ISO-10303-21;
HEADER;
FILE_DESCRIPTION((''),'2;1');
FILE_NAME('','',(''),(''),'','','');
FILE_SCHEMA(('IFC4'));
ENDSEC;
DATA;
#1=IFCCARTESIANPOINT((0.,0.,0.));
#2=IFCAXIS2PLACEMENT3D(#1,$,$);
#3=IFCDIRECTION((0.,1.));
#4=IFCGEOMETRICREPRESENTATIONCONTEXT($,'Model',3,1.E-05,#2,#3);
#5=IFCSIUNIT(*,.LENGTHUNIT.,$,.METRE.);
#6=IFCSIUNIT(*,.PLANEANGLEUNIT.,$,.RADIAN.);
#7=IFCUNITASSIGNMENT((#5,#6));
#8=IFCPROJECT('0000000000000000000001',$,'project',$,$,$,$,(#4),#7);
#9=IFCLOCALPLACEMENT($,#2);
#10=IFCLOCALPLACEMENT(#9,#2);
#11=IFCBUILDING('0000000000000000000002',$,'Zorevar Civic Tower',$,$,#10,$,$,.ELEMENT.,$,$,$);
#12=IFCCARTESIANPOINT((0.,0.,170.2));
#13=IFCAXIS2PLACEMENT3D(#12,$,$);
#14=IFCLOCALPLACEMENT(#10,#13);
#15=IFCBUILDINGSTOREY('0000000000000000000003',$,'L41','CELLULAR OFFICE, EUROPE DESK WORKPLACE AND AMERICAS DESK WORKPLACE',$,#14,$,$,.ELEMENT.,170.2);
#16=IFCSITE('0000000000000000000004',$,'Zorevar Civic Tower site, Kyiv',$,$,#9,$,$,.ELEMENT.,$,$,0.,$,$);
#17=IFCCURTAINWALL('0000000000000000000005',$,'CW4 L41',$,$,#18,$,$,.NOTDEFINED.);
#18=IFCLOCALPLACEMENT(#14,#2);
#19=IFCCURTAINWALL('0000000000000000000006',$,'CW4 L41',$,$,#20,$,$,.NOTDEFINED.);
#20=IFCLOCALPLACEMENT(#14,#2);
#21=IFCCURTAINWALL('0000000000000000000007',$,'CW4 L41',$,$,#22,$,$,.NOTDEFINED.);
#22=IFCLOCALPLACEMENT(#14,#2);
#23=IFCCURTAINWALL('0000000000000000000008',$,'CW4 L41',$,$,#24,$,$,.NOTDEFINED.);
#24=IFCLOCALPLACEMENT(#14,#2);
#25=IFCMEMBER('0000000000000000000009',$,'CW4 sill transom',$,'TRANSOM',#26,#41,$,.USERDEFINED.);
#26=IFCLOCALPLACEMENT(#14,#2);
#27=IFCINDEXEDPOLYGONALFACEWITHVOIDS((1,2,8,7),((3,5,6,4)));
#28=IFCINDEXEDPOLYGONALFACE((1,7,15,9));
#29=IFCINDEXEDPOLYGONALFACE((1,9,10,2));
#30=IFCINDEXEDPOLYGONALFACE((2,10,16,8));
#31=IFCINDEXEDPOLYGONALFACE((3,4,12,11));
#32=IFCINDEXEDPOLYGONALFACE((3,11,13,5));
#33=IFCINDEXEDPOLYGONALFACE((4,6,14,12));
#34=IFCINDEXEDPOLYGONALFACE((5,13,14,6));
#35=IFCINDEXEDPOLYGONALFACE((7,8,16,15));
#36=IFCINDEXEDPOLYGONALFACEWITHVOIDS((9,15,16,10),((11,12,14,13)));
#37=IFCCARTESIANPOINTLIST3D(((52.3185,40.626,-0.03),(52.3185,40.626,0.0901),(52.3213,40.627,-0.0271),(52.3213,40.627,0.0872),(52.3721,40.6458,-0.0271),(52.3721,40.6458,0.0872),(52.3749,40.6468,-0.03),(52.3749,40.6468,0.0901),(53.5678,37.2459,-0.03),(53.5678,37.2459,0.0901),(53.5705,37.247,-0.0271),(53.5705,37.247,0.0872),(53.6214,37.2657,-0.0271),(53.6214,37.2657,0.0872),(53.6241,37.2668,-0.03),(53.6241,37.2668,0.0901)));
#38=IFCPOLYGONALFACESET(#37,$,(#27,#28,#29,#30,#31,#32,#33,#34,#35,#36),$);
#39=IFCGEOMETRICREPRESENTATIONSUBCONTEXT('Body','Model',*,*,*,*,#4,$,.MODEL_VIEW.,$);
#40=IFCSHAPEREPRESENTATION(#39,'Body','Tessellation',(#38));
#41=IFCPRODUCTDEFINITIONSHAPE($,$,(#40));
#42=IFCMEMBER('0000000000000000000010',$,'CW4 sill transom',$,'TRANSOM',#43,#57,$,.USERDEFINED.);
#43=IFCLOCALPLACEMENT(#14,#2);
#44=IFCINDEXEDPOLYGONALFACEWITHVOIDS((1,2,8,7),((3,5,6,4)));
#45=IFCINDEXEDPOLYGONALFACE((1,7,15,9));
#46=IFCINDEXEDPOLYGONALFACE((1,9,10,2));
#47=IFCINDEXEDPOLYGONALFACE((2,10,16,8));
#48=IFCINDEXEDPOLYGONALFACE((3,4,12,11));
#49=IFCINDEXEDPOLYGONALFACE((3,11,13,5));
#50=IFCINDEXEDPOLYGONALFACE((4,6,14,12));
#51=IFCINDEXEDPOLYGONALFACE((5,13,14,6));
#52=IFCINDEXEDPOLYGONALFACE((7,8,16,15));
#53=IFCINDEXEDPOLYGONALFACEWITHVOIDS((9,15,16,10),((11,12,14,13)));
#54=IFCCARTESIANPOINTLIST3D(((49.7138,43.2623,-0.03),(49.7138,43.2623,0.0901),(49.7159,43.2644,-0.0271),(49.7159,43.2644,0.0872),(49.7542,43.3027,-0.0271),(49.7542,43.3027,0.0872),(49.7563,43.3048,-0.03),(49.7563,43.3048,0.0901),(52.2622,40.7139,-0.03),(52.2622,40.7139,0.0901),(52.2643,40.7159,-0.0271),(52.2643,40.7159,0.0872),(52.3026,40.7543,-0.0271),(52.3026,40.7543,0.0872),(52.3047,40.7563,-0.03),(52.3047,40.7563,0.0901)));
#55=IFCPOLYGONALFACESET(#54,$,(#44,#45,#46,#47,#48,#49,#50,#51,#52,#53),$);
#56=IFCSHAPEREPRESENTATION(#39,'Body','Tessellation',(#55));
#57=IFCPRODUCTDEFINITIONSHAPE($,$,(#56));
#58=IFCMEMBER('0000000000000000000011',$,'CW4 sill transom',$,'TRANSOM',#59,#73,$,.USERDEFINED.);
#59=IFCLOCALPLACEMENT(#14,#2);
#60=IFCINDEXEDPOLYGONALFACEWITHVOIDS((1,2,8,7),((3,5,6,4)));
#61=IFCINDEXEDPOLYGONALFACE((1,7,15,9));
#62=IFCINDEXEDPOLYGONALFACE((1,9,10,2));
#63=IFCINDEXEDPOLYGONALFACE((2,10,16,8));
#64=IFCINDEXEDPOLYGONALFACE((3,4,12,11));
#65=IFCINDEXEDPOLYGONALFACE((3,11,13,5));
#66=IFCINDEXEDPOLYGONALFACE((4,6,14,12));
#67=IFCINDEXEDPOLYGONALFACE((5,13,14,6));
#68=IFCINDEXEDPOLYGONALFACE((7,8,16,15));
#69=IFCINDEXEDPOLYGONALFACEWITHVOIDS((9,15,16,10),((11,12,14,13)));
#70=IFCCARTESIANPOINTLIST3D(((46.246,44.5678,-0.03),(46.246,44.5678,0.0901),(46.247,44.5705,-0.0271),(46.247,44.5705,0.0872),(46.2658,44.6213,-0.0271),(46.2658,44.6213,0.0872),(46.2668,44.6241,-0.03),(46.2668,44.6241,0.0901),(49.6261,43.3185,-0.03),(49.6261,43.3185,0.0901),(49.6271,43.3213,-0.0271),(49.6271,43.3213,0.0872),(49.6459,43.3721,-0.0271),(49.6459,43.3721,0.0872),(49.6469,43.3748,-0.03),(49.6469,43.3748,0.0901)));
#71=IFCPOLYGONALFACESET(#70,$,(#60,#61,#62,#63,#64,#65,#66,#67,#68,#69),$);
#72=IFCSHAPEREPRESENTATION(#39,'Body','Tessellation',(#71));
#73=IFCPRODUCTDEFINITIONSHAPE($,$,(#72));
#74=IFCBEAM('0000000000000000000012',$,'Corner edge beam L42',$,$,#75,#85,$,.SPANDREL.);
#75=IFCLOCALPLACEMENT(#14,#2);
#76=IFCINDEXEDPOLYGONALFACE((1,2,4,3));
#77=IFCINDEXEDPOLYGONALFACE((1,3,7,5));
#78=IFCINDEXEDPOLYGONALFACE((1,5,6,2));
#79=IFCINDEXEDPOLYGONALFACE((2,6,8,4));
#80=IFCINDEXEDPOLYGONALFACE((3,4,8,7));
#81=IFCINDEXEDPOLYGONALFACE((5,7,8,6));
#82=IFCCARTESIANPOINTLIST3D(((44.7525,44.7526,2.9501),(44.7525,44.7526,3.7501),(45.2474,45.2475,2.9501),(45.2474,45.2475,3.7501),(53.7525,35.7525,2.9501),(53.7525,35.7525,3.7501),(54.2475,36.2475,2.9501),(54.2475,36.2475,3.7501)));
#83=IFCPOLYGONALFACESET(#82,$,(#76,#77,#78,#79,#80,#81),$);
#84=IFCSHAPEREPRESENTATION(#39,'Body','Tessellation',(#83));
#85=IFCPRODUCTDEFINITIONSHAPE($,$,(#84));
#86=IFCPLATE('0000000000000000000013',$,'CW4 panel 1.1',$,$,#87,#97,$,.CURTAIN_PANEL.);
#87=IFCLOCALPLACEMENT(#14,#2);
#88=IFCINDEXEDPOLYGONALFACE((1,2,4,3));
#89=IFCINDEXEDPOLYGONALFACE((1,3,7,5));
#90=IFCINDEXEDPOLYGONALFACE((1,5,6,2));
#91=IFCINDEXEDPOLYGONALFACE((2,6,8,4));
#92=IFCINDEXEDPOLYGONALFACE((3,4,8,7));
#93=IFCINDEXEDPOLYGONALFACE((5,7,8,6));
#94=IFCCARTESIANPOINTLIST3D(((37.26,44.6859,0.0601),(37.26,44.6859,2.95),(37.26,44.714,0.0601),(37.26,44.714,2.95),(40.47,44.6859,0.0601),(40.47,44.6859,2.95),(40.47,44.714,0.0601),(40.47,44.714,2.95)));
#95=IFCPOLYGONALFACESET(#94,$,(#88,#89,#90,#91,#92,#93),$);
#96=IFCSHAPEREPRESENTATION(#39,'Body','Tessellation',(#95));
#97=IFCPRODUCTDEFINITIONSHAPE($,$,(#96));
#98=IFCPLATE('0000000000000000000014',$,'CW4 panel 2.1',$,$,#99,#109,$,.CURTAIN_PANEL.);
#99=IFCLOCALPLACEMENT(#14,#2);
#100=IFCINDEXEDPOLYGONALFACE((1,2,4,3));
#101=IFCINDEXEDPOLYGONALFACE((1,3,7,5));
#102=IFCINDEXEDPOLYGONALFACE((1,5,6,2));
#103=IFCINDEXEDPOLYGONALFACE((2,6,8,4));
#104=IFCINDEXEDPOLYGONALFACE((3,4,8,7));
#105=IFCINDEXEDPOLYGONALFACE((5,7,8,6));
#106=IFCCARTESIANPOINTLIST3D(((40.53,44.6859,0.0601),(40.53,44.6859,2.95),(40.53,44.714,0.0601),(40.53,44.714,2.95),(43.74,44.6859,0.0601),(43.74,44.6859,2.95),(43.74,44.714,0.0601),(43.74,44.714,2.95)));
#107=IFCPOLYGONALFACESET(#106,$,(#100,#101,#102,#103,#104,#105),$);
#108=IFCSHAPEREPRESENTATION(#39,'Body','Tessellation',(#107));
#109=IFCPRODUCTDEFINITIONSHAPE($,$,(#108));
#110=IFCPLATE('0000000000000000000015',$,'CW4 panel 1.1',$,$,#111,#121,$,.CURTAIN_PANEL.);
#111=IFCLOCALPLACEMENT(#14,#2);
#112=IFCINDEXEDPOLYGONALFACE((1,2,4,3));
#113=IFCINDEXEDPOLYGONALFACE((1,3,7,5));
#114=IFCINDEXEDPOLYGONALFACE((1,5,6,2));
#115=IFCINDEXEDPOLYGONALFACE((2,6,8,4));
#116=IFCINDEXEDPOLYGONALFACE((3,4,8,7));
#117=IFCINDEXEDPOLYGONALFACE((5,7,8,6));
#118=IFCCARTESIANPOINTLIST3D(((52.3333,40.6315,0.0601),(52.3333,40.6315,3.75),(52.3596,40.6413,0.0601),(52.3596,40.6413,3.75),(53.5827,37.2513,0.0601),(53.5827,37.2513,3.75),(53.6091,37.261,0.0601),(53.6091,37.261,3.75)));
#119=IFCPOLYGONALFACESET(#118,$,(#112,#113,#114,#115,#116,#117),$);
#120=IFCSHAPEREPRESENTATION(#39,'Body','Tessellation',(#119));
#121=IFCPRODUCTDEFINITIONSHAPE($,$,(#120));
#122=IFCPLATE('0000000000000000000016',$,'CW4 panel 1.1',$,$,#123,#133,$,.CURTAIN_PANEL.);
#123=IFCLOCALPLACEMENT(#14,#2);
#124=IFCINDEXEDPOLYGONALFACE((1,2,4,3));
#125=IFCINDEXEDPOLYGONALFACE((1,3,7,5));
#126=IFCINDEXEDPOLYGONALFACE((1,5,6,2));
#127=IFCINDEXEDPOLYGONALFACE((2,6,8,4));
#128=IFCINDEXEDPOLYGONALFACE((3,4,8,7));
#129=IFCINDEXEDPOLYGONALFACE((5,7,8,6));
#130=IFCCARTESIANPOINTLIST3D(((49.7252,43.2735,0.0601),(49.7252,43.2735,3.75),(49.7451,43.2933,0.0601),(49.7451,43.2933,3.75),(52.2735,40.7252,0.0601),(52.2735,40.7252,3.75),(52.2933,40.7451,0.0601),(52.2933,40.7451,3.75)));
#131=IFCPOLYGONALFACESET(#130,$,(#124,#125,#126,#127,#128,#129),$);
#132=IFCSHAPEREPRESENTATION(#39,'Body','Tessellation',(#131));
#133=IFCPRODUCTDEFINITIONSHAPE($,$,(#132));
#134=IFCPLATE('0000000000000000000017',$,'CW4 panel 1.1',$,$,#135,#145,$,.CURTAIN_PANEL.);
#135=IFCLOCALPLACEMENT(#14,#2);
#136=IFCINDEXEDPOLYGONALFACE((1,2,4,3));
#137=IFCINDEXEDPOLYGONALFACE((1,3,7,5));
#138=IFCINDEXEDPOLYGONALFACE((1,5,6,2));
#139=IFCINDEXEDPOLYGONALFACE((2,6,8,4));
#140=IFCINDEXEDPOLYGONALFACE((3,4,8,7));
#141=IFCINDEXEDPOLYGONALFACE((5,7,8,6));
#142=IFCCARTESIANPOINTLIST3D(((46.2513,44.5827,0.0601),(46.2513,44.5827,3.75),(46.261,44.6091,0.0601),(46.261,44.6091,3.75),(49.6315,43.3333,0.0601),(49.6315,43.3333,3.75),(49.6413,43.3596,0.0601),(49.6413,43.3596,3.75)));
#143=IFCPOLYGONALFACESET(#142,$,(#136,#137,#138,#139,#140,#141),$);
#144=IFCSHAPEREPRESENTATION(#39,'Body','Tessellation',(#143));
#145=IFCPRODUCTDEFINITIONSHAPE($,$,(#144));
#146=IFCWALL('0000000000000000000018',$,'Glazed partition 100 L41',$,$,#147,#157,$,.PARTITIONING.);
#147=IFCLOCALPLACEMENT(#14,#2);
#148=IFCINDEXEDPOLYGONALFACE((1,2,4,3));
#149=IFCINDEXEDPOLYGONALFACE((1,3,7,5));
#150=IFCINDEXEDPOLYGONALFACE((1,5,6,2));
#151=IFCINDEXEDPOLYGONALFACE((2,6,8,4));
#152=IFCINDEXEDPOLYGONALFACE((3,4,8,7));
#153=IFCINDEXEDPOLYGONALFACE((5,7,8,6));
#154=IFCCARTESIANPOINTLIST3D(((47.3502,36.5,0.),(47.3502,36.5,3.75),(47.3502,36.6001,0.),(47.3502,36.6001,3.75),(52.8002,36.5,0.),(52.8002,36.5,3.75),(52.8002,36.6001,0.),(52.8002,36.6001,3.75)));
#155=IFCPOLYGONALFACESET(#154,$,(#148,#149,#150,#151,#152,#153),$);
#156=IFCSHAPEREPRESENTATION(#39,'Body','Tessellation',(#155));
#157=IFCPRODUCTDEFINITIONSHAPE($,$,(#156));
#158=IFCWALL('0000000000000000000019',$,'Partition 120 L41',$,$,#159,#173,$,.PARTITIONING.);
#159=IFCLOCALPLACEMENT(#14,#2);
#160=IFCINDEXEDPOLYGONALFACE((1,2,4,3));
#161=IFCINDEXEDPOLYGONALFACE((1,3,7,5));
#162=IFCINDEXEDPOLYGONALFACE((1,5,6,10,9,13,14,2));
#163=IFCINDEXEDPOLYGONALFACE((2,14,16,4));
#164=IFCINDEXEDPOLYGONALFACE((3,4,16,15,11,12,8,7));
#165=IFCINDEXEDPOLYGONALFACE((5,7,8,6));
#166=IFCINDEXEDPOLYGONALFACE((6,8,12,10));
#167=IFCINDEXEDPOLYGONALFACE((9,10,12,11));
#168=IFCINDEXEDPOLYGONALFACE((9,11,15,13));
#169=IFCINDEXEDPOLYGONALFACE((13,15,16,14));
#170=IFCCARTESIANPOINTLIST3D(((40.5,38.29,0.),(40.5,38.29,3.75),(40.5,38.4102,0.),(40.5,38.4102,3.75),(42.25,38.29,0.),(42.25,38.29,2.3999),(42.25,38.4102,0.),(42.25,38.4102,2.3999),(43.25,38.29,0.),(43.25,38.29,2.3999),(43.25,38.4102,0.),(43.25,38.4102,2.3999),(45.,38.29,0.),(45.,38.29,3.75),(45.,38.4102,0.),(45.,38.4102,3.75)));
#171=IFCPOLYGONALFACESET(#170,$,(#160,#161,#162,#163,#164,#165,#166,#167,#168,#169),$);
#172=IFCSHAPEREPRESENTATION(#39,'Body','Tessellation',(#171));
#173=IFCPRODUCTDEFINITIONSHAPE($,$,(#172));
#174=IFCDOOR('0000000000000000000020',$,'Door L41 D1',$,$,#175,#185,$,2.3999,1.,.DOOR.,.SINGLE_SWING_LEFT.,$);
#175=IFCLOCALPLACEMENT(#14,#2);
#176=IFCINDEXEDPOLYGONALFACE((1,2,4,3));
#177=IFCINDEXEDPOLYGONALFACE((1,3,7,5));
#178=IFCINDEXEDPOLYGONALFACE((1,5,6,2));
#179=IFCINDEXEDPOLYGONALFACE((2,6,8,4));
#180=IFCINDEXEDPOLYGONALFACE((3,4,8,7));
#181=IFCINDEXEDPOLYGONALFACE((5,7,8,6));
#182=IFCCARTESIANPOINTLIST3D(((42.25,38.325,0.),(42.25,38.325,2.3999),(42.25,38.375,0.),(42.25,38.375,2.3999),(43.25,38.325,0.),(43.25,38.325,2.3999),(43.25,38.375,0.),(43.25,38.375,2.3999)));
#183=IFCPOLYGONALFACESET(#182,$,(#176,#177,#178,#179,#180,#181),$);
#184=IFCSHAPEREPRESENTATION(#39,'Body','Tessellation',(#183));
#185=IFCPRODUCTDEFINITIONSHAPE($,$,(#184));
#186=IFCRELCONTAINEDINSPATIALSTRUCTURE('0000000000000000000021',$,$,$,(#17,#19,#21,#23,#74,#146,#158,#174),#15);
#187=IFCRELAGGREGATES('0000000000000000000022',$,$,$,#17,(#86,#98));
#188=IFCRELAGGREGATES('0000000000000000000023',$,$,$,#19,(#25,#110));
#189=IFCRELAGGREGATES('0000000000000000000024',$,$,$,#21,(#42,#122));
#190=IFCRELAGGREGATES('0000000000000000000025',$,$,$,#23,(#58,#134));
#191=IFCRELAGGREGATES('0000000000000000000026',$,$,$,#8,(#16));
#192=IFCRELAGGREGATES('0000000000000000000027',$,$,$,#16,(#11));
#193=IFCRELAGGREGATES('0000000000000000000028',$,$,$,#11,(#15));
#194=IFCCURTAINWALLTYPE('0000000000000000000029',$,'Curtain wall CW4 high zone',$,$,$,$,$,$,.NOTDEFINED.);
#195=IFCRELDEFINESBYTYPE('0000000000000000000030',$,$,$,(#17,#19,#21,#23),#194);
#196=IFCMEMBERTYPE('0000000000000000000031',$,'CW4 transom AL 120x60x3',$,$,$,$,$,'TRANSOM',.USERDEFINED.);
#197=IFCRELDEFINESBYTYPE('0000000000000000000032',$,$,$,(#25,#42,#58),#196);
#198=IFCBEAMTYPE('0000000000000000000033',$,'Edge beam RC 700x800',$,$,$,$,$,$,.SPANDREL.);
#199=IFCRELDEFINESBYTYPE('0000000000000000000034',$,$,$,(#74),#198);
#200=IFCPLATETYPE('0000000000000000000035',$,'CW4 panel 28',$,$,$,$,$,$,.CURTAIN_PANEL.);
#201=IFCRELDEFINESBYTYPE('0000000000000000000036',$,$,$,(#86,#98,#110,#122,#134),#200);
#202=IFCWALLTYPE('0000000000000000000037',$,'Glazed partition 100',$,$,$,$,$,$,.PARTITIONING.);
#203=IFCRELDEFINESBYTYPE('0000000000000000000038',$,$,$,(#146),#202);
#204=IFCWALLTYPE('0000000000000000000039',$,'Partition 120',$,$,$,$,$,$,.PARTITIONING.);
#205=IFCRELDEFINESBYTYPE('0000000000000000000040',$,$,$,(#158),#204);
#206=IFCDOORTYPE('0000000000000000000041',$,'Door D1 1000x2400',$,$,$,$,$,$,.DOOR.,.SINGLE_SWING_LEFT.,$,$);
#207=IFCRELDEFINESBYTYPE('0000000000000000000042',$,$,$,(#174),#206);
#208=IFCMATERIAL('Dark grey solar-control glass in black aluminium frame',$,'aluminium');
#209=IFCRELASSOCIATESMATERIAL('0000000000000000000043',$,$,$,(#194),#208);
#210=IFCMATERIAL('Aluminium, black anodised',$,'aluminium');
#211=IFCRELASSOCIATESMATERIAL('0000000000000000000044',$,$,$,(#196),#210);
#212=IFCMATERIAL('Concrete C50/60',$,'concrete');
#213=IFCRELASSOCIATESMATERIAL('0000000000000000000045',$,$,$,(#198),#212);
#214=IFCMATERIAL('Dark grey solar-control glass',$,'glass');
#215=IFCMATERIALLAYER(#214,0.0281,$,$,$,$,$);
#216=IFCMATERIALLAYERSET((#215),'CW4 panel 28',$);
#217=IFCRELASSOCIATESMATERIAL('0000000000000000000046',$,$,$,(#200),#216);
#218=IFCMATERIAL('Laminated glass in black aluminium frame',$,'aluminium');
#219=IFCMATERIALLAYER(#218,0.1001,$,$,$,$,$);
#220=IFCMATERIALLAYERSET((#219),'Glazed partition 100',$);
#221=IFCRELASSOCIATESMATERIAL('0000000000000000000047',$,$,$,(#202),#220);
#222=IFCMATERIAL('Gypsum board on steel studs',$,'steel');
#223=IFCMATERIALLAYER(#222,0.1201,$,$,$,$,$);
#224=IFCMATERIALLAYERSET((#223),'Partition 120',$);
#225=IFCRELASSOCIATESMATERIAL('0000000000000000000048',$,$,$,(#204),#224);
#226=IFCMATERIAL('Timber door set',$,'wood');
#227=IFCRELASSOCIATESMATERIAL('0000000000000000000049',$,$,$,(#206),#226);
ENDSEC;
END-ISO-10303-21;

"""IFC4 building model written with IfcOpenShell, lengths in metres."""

from ifc_helpers import new_model, si_unit, direction, frame, frame_2d, origin, origin_2d, place, context, subcontext, project, spatial, rectangle, hollow_rectangle, extrude, material, layer, layer_set, material_profile, profile_set, type_object, element, fill, aggregate, save


model = new_model("IFC4")

# Units and contexts
model_context = context("Model", 3, precision=1e-05, world=origin(), true_north=direction((0.0, 1.0)))
body_context = subcontext(model_context, "Body", "Model", "MODEL_VIEW")
ifc_project = project(units=[si_unit("LENGTHUNIT", "METRE"), si_unit("PLANEANGLEUNIT", "RADIAN")], contexts=[model_context])

# Site, building, storey
site_placement = place(None, origin())
site = spatial("IfcSite", under=ifc_project, at=site_placement, Name="Zorevar Civic Tower site, Kyiv", CompositionType="ELEMENT", RefElevation=0.0)
building_placement = place(site_placement, origin())
building = spatial("IfcBuilding", under=site, at=building_placement, Name="Zorevar Civic Tower", CompositionType="ELEMENT")
storey_placement = place(building_placement, frame((0.0, 0.0, 170.2)))
storey = spatial("IfcBuildingStorey", under=building, at=storey_placement, Name="L41", Description="CELLULAR OFFICE, EUROPE DESK WORKPLACE AND AMERICAS DESK WORKPLACE", CompositionType="ELEMENT", Elevation=170.2)

# Curtain walls
ifc_material_1 = material(Name="Dark grey solar-control glass in black aluminium frame", Category="aluminium")
curtain_wall_type = type_object("IfcCurtainWallType", Name="Curtain wall CW4 high zone", PredefinedType="NOTDEFINED", material=ifc_material_1)
curtain_wall_1_placement = place(storey_placement, origin())
curtain_wall_1 = element("IfcCurtainWall", 1, at=curtain_wall_1_placement, inside=storey, type_object=curtain_wall_type, Name="CW4 L41", PredefinedType="NOTDEFINED")
curtain_wall_2_placement = place(storey_placement, origin())
curtain_wall_2 = element("IfcCurtainWall", 2, at=curtain_wall_2_placement, inside=storey, type_object=curtain_wall_type, Name="CW4 L41", PredefinedType="NOTDEFINED")
curtain_wall_3_placement = place(storey_placement, origin())
curtain_wall_3 = element("IfcCurtainWall", 3, at=curtain_wall_3_placement, inside=storey, type_object=curtain_wall_type, Name="CW4 L41", PredefinedType="NOTDEFINED")
curtain_wall_4_placement = place(storey_placement, origin())
curtain_wall_4 = element("IfcCurtainWall", 4, at=curtain_wall_4_placement, inside=storey, type_object=curtain_wall_type, Name="CW4 L41", PredefinedType="NOTDEFINED")

# Members
ifc_material_2 = material(Name="Aluminium, black anodised", Category="aluminium")
ifc_material_profile_1 = material_profile(ifc_material_2, hollow_rectangle(XDim=0.0601, YDim=0.1201, WallThickness=0.0029, at=origin_2d()), Name="AL 120x60x3")
ifc_profile_set_1 = profile_set([ifc_material_profile_1], Name="Aluminium, black anodised")
member_type_1 = type_object("IfcMemberType", Name="CW4 transom AL 120x60x3", ElementType="TRANSOM", PredefinedType="USERDEFINED", material=ifc_profile_set_1)
member_1_placement = place(storey_placement, frame((53.5959, 37.2563, 0.03), z_axis=(-0.346672, 0.937986, 0.0), x_axis=(-0.937986, -0.346672, 0.0)))
member_1 = element("IfcMember", 5, at=member_1_placement, type_object=member_type_1, Name="CW4 sill transom", ObjectType="TRANSOM", PredefinedType="USERDEFINED", context=body_context, shape_type="SweptSolid", body=[
    extrude(hollow_rectangle(XDim=0.0601, YDim=0.1201, WallThickness=0.0029, at=origin_2d()), origin(), (0.0, 0.0, 1.0), 3.6035),
])
member_2_placement = place(storey_placement, frame((52.2834, 40.7351, 0.03), z_axis=(-0.707107, 0.707107, 0.0), x_axis=(-0.707107, -0.707107, 0.0)))
member_2 = element("IfcMember", 6, at=member_2_placement, type_object=member_type_1, Name="CW4 sill transom", ObjectType="TRANSOM", PredefinedType="USERDEFINED", context=body_context, shape_type="SweptSolid", body=[
    extrude(hollow_rectangle(XDim=0.0601, YDim=0.1201, WallThickness=0.0029, at=origin_2d()), origin(), (0.0, 0.0, 1.0), 3.604),
])
member_3_placement = place(storey_placement, frame((49.6365, 43.3467, 0.03), z_axis=(-0.937986, 0.346672, 0.0), x_axis=(-0.346672, -0.937986, 0.0)))
member_3 = element("IfcMember", 7, at=member_3_placement, type_object=member_type_1, Name="CW4 sill transom", ObjectType="TRANSOM", PredefinedType="USERDEFINED", context=body_context, shape_type="SweptSolid", body=[
    extrude(hollow_rectangle(XDim=0.0601, YDim=0.1201, WallThickness=0.0029, at=origin_2d()), origin(), (0.0, 0.0, 1.0), 3.6035),
])

# Beam
ifc_material_3 = material(Name="Concrete C50/60", Category="concrete")
ifc_material_profile_2 = material_profile(ifc_material_3, rectangle(XDim=0.7, YDim=0.8, at=origin_2d()), Name="RC 700x800")
ifc_profile_set_2 = profile_set([ifc_material_profile_2], Name="Concrete C50/60")
beam_type_1 = type_object("IfcBeamType", Name="Edge beam RC 700x800", PredefinedType="SPANDREL", material=ifc_profile_set_2)
beam_1_placement = place(storey_placement, frame((54.0, 36.0, 3.3501), z_axis=(-0.707107, 0.707107, 0.0), x_axis=(-0.707107, -0.707107, 0.0)))
element("IfcBeam", 8, at=beam_1_placement, inside=storey, type_object=beam_type_1, Name="Corner edge beam L42", PredefinedType="SPANDREL", context=body_context, shape_type="SweptSolid", body=[
    extrude(rectangle(XDim=0.7, YDim=0.8, at=origin_2d()), origin(), (0.0, 0.0, 1.0), 12.728),
])

# Plates
ifc_material_4 = material(Name="Dark grey solar-control glass", Category="glass")
ifc_layer_1 = layer(ifc_material_4, 0.0281)
ifc_layer_set_1 = layer_set([ifc_layer_1], Name="CW4 panel 28")
plate_type = type_object("IfcPlateType", Name="CW4 panel 28", PredefinedType="CURTAIN_PANEL", material=ifc_layer_set_1)
plate_1_placement = place(storey_placement, frame((38.865, 44.7, 0.0601), z_axis=(0.0, 0.0, 1.0), x_axis=(1.0, 0.0, 0.0)))
plate_1 = element("IfcPlate", 9, at=plate_1_placement, type_object=plate_type, Name="CW4 panel 1.1", PredefinedType="CURTAIN_PANEL", context=body_context, shape_type="SweptSolid", body=[
    extrude(rectangle(XDim=3.21, YDim=0.0281, at=origin_2d()), origin(), (0.0, 0.0, 1.0), 2.8899),
])
plate_2_placement = place(storey_placement, frame((42.135, 44.7, 0.0601), z_axis=(0.0, 0.0, 1.0), x_axis=(1.0, 0.0, 0.0)))
plate_2 = element("IfcPlate", 10, at=plate_2_placement, type_object=plate_type, Name="CW4 panel 2.1", PredefinedType="CURTAIN_PANEL", context=body_context, shape_type="SweptSolid", body=[
    extrude(rectangle(XDim=3.21, YDim=0.0281, at=origin_2d()), origin(), (0.0, 0.0, 1.0), 2.8899),
])
aggregate(curtain_wall_1, [plate_1, plate_2])
plate_3_placement = place(storey_placement, frame((52.9712, 38.9463, 0.0601), z_axis=(0.0, 0.0, 1.0), x_axis=(-0.346704, 0.937975, 0.0)))
plate_3 = element("IfcPlate", 11, at=plate_3_placement, type_object=plate_type, Name="CW4 panel 1.1", PredefinedType="CURTAIN_PANEL", context=body_context, shape_type="SweptSolid", body=[
    extrude(rectangle(XDim=3.6038, YDim=0.0281, at=origin_2d()), origin(), (0.0, 0.0, 1.0), 3.6899),
])
aggregate(curtain_wall_2, [member_1, plate_3])
plate_4_placement = place(storey_placement, frame((51.0093, 42.0093, 0.0601), z_axis=(0.0, 0.0, 1.0), x_axis=(-0.707107, 0.707107, 0.0)))
plate_4 = element("IfcPlate", 12, at=plate_4_placement, type_object=plate_type, Name="CW4 panel 1.1", PredefinedType="CURTAIN_PANEL", context=body_context, shape_type="SweptSolid", body=[
    extrude(rectangle(XDim=3.6038, YDim=0.0281, at=origin_2d()), origin(), (0.0, 0.0, 1.0), 3.6899),
])
aggregate(curtain_wall_3, [member_2, plate_4])
plate_5_placement = place(storey_placement, frame((47.9463, 43.9712, 0.0601), z_axis=(0.0, 0.0, 1.0), x_axis=(-0.937975, 0.346704, 0.0)))
plate_5 = element("IfcPlate", 13, at=plate_5_placement, type_object=plate_type, Name="CW4 panel 1.1", PredefinedType="CURTAIN_PANEL", context=body_context, shape_type="SweptSolid", body=[
    extrude(rectangle(XDim=3.6038, YDim=0.0281, at=origin_2d()), origin(), (0.0, 0.0, 1.0), 3.6899),
])
aggregate(curtain_wall_4, [member_3, plate_5])

# Wall
ifc_material_5 = material(Name="Laminated glass in black aluminium frame", Category="aluminium")
ifc_layer_2 = layer(ifc_material_5, 0.1001)
ifc_layer_set_2 = layer_set([ifc_layer_2], Name="Glazed partition 100")
wall_type_1 = type_object("IfcWallType", Name="Glazed partition 100", PredefinedType="PARTITIONING", material=ifc_layer_set_2)
wall_1_placement = place(storey_placement, frame((47.3501, 36.55, 0.0), z_axis=(0.0, 0.0, 1.0), x_axis=(1.0, 0.0, 0.0)))
element("IfcWall", 14, at=wall_1_placement, inside=storey, type_object=wall_type_1, Name="Glazed partition 100 L41", PredefinedType="PARTITIONING", context=body_context, shape_type="SweptSolid", body=[
    extrude(rectangle(XDim=5.45, YDim=0.1001, at=frame_2d((2.7251, 0.0))), origin(), (0.0, 0.0, 1.0), 3.75),
])

# Wall, opening, door
ifc_material_6 = material(Name="Gypsum board on steel studs", Category="steel")
ifc_layer_3 = layer(ifc_material_6, 0.1201)
ifc_layer_set_3 = layer_set([ifc_layer_3], Name="Partition 120")
wall_type_2 = type_object("IfcWallType", Name="Partition 120", PredefinedType="PARTITIONING", material=ifc_layer_set_3)
wall_2_placement = place(storey_placement, frame((40.5, 38.3501, 0.0), z_axis=(0.0, 0.0, 1.0), x_axis=(1.0, 0.0, 0.0)))
wall_2 = element("IfcWall", 15, at=wall_2_placement, inside=storey, type_object=wall_type_2, Name="Partition 120 L41", PredefinedType="PARTITIONING", context=body_context, shape_type="SweptSolid", body=[
    extrude(rectangle(XDim=4.5, YDim=0.1201, at=frame_2d((2.25, 0.0))), origin(), (0.0, 0.0, 1.0), 3.75),
])
opening_1_placement = place(wall_2_placement, frame((1.75, 0.0, 0.0)))
opening_1 = element("IfcOpeningElement", 16, at=opening_1_placement, cuts=wall_2, PredefinedType="OPENING", context=body_context, shape_type="SweptSolid", body=[
    extrude(rectangle(XDim=1.0, YDim=2.3999, at=frame_2d((0.5, 1.2))), frame((0.0, 0.0701, 0.0), z_axis=(0.0, -1.0, 0.0), x_axis=(1.0, 0.0, 0.0)), (0.0, 0.0, 1.0), 0.1401),
])
ifc_material_7 = material(Name="Timber door set", Category="wood")
door_type_1 = type_object("IfcDoorType", Name="Door D1 1000x2400", OperationType="SINGLE_SWING_LEFT", PredefinedType="DOOR", material=ifc_material_7)
door_1_placement = place(opening_1_placement, origin())
door_1 = element("IfcDoor", 17, at=door_1_placement, inside=storey, type_object=door_type_1, Name="Door L41 D1", OperationType="SINGLE_SWING_LEFT", OverallHeight=2.3999, OverallWidth=1.0, PredefinedType="DOOR", context=body_context, shape_type="SweptSolid", body=[
    extrude(rectangle(XDim=1.0, YDim=2.3999, at=frame_2d((0.5, 1.2))), frame((0.0, 0.0249, 0.0), z_axis=(0.0, -1.0, 0.0), x_axis=(1.0, 0.0, 0.0)), (0.0, 0.0, 1.0), 0.05),
])
fill(opening_1, door_1)

save(model, "model.ifc")
